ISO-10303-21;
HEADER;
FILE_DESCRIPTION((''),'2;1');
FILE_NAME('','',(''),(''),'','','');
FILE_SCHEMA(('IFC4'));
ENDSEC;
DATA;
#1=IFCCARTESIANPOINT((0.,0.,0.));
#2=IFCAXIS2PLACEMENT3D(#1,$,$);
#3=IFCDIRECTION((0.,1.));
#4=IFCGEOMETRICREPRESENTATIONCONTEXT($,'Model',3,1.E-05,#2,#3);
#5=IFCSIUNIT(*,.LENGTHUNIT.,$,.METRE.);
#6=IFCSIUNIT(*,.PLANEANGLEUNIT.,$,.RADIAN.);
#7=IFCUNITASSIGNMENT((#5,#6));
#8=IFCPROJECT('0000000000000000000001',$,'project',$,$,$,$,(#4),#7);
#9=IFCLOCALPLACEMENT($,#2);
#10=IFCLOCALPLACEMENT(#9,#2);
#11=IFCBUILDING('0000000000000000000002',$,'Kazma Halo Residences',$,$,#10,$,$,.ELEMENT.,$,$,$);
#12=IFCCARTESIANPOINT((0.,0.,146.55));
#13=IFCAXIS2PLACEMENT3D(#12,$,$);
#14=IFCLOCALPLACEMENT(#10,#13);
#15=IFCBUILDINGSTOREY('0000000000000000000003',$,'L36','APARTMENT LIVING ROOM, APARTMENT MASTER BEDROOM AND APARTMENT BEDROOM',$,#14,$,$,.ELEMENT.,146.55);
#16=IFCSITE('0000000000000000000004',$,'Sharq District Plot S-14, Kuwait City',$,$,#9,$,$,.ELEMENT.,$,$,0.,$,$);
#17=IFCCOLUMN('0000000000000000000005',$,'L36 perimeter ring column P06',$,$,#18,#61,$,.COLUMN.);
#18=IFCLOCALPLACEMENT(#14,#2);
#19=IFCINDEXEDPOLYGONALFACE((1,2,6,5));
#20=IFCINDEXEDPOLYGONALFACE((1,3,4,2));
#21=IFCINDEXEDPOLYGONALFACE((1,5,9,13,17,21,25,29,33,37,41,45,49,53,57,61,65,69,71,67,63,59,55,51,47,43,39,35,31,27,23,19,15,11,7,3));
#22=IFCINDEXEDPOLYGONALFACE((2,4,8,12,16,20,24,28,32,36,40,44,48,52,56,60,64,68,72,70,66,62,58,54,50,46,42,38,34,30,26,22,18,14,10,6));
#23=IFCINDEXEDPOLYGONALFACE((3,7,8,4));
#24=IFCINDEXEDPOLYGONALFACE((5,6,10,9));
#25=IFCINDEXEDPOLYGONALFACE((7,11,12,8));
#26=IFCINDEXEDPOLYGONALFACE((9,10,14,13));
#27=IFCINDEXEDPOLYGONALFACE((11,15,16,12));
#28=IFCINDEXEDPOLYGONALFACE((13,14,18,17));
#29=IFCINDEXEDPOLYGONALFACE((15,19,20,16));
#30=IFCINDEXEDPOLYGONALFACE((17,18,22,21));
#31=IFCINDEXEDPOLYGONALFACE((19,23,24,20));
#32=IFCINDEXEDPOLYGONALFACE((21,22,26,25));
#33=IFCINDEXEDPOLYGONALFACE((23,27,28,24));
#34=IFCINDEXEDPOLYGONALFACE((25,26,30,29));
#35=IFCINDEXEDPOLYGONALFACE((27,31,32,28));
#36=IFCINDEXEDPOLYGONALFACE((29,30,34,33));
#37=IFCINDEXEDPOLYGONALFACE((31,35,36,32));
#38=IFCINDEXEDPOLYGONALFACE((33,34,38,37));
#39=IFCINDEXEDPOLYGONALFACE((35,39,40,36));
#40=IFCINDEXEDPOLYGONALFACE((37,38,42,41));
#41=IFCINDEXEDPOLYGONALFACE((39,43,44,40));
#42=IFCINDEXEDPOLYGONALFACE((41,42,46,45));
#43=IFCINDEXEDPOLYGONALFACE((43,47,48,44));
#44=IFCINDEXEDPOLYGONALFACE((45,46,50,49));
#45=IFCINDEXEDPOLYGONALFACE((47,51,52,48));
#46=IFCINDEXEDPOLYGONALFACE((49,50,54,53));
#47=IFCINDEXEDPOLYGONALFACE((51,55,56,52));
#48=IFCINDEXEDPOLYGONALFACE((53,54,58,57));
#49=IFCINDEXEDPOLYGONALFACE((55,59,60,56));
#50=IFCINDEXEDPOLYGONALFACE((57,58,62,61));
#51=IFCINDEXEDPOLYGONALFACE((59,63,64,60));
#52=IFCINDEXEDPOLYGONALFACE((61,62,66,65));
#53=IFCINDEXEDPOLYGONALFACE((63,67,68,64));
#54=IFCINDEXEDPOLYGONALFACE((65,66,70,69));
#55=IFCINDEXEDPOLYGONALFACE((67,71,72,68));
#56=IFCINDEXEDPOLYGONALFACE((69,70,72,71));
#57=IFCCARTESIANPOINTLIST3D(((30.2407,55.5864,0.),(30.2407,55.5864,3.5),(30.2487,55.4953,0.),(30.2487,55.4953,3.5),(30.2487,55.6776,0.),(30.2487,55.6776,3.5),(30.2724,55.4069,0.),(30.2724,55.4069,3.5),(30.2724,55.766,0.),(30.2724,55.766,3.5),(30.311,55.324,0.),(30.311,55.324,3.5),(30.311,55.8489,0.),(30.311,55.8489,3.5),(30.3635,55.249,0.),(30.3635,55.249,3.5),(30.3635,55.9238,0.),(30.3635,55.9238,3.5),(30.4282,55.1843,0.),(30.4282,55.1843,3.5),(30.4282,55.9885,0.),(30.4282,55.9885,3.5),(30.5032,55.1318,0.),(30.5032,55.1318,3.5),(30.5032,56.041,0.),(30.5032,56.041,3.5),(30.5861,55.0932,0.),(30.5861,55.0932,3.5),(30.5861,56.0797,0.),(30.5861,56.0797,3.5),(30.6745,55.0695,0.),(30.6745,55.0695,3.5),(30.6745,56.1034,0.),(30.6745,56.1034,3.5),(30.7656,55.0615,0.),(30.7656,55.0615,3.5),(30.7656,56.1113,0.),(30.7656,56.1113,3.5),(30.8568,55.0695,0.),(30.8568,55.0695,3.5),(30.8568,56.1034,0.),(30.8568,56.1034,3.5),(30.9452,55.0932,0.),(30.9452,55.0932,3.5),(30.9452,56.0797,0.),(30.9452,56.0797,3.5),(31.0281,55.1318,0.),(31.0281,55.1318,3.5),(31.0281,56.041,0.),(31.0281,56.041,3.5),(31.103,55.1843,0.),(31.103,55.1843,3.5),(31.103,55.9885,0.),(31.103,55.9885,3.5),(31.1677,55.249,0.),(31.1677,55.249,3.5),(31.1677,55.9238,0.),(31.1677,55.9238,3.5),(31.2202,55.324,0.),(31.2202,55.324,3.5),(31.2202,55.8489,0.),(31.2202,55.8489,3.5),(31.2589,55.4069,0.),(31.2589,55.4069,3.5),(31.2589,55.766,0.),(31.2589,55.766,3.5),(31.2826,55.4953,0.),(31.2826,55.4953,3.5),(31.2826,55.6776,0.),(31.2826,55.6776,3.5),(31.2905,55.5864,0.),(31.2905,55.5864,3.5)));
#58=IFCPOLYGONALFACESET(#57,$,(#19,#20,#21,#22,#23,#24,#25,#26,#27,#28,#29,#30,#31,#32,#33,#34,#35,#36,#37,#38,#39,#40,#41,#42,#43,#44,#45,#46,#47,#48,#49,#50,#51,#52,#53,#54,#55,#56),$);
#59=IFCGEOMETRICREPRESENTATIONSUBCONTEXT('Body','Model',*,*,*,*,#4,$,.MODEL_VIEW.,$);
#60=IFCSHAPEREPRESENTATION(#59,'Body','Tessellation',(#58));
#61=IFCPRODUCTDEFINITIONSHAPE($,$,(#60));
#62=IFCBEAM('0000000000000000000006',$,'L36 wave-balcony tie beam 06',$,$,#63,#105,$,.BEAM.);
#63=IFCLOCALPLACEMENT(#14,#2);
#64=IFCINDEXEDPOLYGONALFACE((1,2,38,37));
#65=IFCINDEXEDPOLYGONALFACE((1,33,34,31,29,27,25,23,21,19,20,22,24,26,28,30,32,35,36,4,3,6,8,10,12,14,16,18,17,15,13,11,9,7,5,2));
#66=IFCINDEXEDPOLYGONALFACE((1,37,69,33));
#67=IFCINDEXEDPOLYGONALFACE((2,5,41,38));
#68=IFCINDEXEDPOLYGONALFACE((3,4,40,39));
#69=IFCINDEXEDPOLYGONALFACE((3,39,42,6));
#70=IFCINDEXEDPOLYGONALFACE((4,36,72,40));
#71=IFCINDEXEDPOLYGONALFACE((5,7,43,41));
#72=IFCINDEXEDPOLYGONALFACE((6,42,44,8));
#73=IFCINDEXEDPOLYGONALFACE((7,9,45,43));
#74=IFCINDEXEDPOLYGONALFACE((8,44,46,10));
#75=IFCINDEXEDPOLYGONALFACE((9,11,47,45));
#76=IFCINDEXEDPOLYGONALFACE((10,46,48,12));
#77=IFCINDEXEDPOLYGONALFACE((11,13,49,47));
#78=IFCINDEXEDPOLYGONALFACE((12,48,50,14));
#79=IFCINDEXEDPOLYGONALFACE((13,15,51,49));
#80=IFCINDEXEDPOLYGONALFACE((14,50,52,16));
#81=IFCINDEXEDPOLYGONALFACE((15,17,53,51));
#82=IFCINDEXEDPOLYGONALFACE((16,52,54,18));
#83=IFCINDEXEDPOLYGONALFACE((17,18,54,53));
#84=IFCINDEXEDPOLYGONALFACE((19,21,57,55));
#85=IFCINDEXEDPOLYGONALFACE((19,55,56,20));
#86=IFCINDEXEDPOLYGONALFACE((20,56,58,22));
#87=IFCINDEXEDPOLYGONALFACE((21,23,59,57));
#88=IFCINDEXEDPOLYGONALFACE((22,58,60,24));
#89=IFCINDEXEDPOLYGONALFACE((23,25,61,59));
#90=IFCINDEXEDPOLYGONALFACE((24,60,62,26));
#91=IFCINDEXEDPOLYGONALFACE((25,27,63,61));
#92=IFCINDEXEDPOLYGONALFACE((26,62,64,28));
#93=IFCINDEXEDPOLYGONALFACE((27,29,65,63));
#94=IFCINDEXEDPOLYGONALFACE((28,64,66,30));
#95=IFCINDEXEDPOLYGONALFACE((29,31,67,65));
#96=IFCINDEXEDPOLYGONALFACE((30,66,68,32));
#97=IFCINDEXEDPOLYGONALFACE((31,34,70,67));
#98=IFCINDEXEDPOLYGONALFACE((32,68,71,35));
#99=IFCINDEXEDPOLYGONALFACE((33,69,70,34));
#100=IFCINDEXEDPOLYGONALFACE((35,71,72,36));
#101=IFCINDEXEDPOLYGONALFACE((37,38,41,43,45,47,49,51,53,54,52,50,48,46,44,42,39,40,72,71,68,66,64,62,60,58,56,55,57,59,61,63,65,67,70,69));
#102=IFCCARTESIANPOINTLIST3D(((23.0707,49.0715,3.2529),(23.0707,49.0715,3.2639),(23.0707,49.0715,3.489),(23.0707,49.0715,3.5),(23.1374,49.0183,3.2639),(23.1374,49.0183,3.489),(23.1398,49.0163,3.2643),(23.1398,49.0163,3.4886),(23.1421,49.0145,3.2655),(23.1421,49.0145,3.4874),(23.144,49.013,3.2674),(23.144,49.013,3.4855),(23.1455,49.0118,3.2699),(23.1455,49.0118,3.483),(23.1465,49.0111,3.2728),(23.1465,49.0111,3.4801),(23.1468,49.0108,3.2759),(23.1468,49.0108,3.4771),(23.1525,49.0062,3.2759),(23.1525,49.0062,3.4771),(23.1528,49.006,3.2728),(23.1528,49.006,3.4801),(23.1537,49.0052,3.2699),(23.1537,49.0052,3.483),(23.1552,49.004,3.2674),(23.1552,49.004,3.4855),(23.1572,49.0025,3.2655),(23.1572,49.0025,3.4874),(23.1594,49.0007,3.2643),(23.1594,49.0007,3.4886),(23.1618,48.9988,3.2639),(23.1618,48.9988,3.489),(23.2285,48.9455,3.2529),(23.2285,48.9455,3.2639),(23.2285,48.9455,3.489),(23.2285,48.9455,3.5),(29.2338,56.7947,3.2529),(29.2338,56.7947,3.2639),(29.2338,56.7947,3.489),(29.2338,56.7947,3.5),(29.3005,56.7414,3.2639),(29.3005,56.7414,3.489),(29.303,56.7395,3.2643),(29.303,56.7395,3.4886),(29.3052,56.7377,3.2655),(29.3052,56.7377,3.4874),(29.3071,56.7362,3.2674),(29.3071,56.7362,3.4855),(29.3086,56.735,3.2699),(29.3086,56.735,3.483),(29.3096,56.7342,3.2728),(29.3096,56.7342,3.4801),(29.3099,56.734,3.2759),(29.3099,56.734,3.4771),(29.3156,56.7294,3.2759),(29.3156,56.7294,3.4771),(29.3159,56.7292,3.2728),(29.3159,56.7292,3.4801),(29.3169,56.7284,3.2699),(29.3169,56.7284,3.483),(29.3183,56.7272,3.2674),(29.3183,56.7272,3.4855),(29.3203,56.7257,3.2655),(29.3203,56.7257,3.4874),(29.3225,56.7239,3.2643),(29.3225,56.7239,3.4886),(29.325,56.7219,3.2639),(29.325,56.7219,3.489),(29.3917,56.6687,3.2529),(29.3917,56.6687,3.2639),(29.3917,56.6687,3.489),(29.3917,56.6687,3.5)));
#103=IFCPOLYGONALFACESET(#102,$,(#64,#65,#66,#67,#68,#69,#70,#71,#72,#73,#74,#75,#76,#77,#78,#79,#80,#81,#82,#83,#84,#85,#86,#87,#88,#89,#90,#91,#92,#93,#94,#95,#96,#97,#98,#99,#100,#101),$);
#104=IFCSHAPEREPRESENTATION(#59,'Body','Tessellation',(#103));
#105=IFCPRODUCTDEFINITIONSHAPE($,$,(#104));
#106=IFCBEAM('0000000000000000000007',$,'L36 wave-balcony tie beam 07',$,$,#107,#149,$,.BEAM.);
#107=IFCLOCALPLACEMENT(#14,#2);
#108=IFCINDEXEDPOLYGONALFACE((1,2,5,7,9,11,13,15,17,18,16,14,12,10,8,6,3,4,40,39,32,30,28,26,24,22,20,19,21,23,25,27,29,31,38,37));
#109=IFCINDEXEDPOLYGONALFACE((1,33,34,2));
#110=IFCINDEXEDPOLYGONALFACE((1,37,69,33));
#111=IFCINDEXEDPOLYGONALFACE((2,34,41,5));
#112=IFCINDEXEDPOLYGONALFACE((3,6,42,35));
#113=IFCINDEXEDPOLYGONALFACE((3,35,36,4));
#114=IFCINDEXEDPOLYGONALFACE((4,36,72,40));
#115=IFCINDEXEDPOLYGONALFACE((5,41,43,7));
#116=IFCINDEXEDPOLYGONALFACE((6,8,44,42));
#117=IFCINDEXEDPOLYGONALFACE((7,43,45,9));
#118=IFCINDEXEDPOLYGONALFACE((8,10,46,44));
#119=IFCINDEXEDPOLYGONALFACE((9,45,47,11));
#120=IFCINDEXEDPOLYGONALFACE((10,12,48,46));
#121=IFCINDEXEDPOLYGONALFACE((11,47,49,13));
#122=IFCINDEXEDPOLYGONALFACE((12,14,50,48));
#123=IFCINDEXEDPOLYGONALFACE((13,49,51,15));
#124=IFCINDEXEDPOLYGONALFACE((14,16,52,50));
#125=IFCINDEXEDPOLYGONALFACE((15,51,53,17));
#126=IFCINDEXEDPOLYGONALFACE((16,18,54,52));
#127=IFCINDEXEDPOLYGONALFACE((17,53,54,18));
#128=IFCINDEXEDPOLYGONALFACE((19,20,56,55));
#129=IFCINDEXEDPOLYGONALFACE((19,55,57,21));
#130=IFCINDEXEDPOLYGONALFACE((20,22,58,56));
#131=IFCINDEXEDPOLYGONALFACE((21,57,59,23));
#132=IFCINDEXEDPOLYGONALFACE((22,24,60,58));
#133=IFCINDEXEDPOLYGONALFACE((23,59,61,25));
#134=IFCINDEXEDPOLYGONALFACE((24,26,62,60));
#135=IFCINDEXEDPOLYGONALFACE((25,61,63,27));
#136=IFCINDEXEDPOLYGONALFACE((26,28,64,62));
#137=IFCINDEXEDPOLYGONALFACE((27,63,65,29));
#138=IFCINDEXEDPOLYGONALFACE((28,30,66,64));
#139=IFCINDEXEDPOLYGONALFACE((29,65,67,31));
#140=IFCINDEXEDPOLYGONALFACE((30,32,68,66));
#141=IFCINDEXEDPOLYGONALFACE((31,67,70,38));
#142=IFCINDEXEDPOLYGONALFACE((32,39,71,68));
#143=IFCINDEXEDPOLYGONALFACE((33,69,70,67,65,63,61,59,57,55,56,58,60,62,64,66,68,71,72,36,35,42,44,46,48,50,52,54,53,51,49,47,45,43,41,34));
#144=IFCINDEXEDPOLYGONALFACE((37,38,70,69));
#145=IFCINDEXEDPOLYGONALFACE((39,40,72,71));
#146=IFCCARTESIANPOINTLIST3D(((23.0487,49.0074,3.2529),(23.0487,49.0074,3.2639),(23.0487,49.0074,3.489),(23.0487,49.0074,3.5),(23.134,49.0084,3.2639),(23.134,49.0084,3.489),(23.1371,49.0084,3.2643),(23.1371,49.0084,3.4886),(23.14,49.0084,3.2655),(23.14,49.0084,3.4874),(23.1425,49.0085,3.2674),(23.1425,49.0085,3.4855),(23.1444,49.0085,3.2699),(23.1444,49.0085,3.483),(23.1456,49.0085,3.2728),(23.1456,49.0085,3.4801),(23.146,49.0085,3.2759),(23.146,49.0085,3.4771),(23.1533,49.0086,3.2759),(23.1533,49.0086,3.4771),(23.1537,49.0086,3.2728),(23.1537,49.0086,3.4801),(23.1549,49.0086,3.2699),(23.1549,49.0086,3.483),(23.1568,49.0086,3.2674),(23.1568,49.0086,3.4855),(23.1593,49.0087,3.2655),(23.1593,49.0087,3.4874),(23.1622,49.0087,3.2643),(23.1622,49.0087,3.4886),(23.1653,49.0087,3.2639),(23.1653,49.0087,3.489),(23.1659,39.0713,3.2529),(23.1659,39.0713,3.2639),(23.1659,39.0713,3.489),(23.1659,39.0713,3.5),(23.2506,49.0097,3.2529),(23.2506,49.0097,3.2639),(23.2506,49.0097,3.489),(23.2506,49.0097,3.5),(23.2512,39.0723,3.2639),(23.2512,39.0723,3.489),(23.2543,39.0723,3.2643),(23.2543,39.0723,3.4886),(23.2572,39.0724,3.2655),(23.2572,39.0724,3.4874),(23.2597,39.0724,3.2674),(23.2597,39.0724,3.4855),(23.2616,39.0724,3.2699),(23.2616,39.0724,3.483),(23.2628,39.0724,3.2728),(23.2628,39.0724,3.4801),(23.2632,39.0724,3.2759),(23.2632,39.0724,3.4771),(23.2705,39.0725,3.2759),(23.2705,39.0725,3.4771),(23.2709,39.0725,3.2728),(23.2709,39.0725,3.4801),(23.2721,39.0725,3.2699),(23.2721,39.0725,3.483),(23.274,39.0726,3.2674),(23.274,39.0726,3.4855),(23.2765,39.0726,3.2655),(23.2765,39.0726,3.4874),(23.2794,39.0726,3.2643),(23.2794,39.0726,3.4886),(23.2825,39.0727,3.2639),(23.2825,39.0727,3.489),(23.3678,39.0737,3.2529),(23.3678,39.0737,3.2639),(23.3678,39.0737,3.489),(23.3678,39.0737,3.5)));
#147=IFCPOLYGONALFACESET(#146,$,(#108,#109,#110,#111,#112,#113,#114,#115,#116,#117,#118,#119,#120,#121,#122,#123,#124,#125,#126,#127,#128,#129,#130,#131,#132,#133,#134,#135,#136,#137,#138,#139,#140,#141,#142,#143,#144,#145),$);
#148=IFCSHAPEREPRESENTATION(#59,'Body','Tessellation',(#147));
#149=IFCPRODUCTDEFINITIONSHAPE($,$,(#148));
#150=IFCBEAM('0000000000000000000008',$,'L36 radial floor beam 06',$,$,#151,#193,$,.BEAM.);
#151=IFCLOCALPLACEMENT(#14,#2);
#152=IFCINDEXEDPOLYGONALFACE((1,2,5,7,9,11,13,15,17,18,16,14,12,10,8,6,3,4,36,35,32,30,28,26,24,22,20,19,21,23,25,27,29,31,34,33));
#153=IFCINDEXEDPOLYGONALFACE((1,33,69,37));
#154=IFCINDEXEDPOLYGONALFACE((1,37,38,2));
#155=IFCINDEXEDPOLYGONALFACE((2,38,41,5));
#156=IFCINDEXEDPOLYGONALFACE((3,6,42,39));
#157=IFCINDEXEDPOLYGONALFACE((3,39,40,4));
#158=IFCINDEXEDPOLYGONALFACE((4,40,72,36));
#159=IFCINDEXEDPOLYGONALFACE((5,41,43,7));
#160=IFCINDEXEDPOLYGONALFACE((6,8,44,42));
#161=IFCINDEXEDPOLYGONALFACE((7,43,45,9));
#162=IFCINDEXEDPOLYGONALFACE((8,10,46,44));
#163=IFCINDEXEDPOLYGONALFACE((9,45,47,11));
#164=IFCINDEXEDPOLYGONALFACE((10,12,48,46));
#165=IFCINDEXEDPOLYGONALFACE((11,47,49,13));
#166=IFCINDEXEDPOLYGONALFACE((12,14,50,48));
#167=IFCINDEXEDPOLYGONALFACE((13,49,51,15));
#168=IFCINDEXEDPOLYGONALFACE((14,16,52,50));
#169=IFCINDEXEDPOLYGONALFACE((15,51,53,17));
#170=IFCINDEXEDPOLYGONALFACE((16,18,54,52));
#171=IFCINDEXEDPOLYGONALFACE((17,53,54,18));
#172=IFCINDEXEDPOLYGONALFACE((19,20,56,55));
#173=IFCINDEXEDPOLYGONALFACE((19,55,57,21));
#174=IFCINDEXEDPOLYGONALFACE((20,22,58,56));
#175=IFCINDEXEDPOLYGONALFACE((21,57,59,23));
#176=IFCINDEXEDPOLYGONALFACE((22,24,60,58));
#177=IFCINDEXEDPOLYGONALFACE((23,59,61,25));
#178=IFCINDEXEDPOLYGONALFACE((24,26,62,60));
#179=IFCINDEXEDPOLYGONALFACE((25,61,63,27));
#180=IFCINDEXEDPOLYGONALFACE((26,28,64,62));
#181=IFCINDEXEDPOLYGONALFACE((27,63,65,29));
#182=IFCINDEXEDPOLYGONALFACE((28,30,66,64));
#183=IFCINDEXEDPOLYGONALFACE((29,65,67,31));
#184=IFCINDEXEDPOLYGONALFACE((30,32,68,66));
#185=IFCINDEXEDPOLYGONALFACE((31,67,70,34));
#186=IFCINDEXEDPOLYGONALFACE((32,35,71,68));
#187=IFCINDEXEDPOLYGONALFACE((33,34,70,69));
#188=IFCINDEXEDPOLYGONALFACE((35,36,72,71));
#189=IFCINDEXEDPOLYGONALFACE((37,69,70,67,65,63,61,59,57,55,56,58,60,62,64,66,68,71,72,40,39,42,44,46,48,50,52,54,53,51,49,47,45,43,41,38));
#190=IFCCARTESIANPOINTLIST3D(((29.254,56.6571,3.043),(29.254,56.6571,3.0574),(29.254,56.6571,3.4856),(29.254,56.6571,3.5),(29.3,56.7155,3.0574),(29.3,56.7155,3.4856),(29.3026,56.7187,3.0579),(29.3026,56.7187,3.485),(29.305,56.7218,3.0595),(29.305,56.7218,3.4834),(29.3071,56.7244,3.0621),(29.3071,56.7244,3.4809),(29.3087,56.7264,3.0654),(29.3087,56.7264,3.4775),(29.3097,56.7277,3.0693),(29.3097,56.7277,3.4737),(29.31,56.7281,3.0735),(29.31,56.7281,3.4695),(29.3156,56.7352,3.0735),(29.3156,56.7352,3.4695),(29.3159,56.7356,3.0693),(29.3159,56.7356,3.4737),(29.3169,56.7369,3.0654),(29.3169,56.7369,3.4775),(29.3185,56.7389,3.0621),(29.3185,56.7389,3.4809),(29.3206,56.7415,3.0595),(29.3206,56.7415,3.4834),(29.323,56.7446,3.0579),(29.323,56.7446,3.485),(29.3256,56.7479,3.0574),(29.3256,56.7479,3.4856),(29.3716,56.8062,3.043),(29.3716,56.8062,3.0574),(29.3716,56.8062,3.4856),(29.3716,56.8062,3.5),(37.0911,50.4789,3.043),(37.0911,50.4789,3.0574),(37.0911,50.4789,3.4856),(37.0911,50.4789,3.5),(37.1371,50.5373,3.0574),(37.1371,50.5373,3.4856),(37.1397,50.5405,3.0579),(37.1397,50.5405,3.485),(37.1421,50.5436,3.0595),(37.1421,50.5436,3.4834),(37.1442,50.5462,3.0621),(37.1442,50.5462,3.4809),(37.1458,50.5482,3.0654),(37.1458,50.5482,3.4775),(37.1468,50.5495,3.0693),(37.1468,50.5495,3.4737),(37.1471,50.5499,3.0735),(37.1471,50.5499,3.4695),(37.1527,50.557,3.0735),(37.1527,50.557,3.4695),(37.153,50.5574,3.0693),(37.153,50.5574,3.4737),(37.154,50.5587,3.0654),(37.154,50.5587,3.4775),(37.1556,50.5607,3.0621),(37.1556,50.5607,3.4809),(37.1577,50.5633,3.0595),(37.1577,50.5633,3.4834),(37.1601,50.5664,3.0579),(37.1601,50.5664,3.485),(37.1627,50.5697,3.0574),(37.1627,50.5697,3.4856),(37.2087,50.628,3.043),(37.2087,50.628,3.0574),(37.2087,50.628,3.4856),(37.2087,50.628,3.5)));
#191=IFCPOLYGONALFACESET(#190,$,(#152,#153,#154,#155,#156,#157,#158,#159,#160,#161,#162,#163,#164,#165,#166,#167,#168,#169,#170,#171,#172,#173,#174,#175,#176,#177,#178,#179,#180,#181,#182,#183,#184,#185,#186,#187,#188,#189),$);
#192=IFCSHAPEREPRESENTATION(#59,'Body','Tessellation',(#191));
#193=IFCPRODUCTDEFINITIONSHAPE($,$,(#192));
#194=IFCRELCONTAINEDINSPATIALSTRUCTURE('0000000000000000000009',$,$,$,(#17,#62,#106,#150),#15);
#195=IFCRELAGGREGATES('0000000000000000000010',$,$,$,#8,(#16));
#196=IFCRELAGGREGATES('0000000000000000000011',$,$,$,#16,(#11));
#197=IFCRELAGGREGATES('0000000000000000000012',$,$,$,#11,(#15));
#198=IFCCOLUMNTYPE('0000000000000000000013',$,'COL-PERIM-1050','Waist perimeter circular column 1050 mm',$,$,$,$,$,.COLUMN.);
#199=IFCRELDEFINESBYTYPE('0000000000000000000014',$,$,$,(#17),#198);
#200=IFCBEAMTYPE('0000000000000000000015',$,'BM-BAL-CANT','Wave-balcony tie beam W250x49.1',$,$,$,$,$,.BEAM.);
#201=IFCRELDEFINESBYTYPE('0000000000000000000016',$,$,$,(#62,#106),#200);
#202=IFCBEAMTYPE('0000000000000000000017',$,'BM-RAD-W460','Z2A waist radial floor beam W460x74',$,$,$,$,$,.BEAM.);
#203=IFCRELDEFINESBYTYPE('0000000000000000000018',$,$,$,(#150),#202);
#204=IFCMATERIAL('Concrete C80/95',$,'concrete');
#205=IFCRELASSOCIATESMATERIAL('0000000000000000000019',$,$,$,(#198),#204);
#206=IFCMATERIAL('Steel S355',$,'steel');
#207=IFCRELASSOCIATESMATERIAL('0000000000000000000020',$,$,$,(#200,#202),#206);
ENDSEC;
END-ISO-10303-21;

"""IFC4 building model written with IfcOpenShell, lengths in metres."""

from ifc_helpers import new_model, si_unit, direction, frame, origin, origin_2d, place, context, subcontext, project, spatial, circle, i_section, extrude, material, material_profile, profile_set, type_object, element, save


model = new_model("IFC4")

# Units and contexts
model_context = context("Model", 3, precision=1e-05, world=origin(), true_north=direction((0.0, 1.0)))
body_context = subcontext(model_context, "Body", "Model", "MODEL_VIEW")
ifc_project = project(units=[si_unit("LENGTHUNIT", "METRE"), si_unit("PLANEANGLEUNIT", "RADIAN")], contexts=[model_context])

# Site, building, storey
site_placement = place(None, origin())
site = spatial("IfcSite", under=ifc_project, at=site_placement, Name="Sharq District Plot S-14, Kuwait City", CompositionType="ELEMENT", RefElevation=0.0)
building_placement = place(site_placement, origin())
building = spatial("IfcBuilding", under=site, at=building_placement, Name="Kazma Halo Residences", CompositionType="ELEMENT")
storey_placement = place(building_placement, frame((0.0, 0.0, 146.55)))
storey = spatial("IfcBuildingStorey", under=building, at=storey_placement, Name="L36", Description="APARTMENT LIVING ROOM, APARTMENT MASTER BEDROOM AND APARTMENT BEDROOM", CompositionType="ELEMENT", Elevation=146.55)

# Column
ifc_material_1 = material(Name="Concrete C80/95", Category="concrete")
ifc_material_profile_1 = material_profile(ifc_material_1, circle(Radius=0.5249, at=origin_2d()), Name="CIRC1050")
ifc_profile_set_1 = profile_set([ifc_material_profile_1], Name="Concrete C80/95")
column_type = type_object("IfcColumnType", Name="COL-PERIM-1050", Description="Waist perimeter circular column 1050 mm", PredefinedType="COLUMN", material=ifc_profile_set_1)
column_placement = place(storey_placement, frame((30.7656, 55.5864, 0.0), z_axis=(0.0, 0.0, 1.0), x_axis=(1.0, 0.0, 0.0)))
element("IfcColumn", 1, at=column_placement, inside=storey, type_object=column_type, Name="L36 perimeter ring column P06", PredefinedType="COLUMN", context=body_context, shape_type="SweptSolid", body=[
    extrude(circle(Radius=0.5249, at=origin_2d()), origin(), (0.0, 0.0, 1.0), 3.5),
])

# Beams
ifc_material_2 = material(Name="Steel S355", Category="steel")
ifc_material_profile_2 = material_profile(ifc_material_2, i_section(OverallWidth=0.2019, OverallDepth=0.2471, WebThickness=0.0073, FlangeThickness=0.011, FilletRadius=0.012, at=origin_2d()), Name="W250x49.1")
ifc_profile_set_2 = profile_set([ifc_material_profile_2], Name="Steel S355")
beam_type_1 = type_object("IfcBeamType", Name="BM-BAL-CANT", Description="Wave-balcony tie beam W250x49.1", PredefinedType="BEAM", material=ifc_profile_set_2)
beam_1_placement = place(storey_placement, frame((29.3127, 56.7317, 3.3765), z_axis=(-0.623742, -0.78163, 0.0), x_axis=(0.78163, -0.623742, 0.0)))
element("IfcBeam", 2, at=beam_1_placement, inside=storey, type_object=beam_type_1, Name="L36 wave-balcony tie beam 06", PredefinedType="BEAM", context=body_context, shape_type="SweptSolid", body=[
    extrude(i_section(OverallWidth=0.2019, OverallDepth=0.2471, WebThickness=0.0073, FlangeThickness=0.011, FilletRadius=0.012, at=origin_2d()), origin(), (0.0, 0.0, 1.0), 9.8809),
])
beam_2_placement = place(storey_placement, frame((23.1497, 49.0085, 3.3765), z_axis=(0.011793, -0.99993, 0.0), x_axis=(0.99993, 0.011793, 0.0)))
element("IfcBeam", 3, at=beam_2_placement, inside=storey, type_object=beam_type_1, Name="L36 wave-balcony tie beam 07", PredefinedType="BEAM", context=body_context, shape_type="SweptSolid", body=[
    extrude(i_section(OverallWidth=0.2019, OverallDepth=0.2471, WebThickness=0.0073, FlangeThickness=0.011, FilletRadius=0.012, at=origin_2d()), origin(), (0.0, 0.0, 1.0), 9.9368),
])
ifc_material_profile_3 = material_profile(ifc_material_2, i_section(OverallWidth=0.1899, OverallDepth=0.457, WebThickness=0.009, FlangeThickness=0.0144, FilletRadius=0.0161, at=origin_2d()), Name="W460x74")
ifc_profile_set_3 = profile_set([ifc_material_profile_3], Name="Steel S355")
beam_type_2 = type_object("IfcBeamType", Name="BM-RAD-W460", Description="Z2A waist radial floor beam W460x74", PredefinedType="BEAM", material=ifc_profile_set_3)
beam_3_placement = place(storey_placement, frame((37.1499, 50.5535, 3.2715), z_axis=(-0.785322, 0.619088, 0.0), x_axis=(-0.619088, -0.785322, 0.0)))
element("IfcBeam", 4, at=beam_3_placement, inside=storey, type_object=beam_type_2, Name="L36 radial floor beam 06", PredefinedType="BEAM", context=body_context, shape_type="SweptSolid", body=[
    extrude(i_section(OverallWidth=0.1899, OverallDepth=0.457, WebThickness=0.009, FlangeThickness=0.0144, FilletRadius=0.0161, at=origin_2d()), origin(), (0.0, 0.0, 1.0), 9.9795),
])

save(model, "model.ifc")
